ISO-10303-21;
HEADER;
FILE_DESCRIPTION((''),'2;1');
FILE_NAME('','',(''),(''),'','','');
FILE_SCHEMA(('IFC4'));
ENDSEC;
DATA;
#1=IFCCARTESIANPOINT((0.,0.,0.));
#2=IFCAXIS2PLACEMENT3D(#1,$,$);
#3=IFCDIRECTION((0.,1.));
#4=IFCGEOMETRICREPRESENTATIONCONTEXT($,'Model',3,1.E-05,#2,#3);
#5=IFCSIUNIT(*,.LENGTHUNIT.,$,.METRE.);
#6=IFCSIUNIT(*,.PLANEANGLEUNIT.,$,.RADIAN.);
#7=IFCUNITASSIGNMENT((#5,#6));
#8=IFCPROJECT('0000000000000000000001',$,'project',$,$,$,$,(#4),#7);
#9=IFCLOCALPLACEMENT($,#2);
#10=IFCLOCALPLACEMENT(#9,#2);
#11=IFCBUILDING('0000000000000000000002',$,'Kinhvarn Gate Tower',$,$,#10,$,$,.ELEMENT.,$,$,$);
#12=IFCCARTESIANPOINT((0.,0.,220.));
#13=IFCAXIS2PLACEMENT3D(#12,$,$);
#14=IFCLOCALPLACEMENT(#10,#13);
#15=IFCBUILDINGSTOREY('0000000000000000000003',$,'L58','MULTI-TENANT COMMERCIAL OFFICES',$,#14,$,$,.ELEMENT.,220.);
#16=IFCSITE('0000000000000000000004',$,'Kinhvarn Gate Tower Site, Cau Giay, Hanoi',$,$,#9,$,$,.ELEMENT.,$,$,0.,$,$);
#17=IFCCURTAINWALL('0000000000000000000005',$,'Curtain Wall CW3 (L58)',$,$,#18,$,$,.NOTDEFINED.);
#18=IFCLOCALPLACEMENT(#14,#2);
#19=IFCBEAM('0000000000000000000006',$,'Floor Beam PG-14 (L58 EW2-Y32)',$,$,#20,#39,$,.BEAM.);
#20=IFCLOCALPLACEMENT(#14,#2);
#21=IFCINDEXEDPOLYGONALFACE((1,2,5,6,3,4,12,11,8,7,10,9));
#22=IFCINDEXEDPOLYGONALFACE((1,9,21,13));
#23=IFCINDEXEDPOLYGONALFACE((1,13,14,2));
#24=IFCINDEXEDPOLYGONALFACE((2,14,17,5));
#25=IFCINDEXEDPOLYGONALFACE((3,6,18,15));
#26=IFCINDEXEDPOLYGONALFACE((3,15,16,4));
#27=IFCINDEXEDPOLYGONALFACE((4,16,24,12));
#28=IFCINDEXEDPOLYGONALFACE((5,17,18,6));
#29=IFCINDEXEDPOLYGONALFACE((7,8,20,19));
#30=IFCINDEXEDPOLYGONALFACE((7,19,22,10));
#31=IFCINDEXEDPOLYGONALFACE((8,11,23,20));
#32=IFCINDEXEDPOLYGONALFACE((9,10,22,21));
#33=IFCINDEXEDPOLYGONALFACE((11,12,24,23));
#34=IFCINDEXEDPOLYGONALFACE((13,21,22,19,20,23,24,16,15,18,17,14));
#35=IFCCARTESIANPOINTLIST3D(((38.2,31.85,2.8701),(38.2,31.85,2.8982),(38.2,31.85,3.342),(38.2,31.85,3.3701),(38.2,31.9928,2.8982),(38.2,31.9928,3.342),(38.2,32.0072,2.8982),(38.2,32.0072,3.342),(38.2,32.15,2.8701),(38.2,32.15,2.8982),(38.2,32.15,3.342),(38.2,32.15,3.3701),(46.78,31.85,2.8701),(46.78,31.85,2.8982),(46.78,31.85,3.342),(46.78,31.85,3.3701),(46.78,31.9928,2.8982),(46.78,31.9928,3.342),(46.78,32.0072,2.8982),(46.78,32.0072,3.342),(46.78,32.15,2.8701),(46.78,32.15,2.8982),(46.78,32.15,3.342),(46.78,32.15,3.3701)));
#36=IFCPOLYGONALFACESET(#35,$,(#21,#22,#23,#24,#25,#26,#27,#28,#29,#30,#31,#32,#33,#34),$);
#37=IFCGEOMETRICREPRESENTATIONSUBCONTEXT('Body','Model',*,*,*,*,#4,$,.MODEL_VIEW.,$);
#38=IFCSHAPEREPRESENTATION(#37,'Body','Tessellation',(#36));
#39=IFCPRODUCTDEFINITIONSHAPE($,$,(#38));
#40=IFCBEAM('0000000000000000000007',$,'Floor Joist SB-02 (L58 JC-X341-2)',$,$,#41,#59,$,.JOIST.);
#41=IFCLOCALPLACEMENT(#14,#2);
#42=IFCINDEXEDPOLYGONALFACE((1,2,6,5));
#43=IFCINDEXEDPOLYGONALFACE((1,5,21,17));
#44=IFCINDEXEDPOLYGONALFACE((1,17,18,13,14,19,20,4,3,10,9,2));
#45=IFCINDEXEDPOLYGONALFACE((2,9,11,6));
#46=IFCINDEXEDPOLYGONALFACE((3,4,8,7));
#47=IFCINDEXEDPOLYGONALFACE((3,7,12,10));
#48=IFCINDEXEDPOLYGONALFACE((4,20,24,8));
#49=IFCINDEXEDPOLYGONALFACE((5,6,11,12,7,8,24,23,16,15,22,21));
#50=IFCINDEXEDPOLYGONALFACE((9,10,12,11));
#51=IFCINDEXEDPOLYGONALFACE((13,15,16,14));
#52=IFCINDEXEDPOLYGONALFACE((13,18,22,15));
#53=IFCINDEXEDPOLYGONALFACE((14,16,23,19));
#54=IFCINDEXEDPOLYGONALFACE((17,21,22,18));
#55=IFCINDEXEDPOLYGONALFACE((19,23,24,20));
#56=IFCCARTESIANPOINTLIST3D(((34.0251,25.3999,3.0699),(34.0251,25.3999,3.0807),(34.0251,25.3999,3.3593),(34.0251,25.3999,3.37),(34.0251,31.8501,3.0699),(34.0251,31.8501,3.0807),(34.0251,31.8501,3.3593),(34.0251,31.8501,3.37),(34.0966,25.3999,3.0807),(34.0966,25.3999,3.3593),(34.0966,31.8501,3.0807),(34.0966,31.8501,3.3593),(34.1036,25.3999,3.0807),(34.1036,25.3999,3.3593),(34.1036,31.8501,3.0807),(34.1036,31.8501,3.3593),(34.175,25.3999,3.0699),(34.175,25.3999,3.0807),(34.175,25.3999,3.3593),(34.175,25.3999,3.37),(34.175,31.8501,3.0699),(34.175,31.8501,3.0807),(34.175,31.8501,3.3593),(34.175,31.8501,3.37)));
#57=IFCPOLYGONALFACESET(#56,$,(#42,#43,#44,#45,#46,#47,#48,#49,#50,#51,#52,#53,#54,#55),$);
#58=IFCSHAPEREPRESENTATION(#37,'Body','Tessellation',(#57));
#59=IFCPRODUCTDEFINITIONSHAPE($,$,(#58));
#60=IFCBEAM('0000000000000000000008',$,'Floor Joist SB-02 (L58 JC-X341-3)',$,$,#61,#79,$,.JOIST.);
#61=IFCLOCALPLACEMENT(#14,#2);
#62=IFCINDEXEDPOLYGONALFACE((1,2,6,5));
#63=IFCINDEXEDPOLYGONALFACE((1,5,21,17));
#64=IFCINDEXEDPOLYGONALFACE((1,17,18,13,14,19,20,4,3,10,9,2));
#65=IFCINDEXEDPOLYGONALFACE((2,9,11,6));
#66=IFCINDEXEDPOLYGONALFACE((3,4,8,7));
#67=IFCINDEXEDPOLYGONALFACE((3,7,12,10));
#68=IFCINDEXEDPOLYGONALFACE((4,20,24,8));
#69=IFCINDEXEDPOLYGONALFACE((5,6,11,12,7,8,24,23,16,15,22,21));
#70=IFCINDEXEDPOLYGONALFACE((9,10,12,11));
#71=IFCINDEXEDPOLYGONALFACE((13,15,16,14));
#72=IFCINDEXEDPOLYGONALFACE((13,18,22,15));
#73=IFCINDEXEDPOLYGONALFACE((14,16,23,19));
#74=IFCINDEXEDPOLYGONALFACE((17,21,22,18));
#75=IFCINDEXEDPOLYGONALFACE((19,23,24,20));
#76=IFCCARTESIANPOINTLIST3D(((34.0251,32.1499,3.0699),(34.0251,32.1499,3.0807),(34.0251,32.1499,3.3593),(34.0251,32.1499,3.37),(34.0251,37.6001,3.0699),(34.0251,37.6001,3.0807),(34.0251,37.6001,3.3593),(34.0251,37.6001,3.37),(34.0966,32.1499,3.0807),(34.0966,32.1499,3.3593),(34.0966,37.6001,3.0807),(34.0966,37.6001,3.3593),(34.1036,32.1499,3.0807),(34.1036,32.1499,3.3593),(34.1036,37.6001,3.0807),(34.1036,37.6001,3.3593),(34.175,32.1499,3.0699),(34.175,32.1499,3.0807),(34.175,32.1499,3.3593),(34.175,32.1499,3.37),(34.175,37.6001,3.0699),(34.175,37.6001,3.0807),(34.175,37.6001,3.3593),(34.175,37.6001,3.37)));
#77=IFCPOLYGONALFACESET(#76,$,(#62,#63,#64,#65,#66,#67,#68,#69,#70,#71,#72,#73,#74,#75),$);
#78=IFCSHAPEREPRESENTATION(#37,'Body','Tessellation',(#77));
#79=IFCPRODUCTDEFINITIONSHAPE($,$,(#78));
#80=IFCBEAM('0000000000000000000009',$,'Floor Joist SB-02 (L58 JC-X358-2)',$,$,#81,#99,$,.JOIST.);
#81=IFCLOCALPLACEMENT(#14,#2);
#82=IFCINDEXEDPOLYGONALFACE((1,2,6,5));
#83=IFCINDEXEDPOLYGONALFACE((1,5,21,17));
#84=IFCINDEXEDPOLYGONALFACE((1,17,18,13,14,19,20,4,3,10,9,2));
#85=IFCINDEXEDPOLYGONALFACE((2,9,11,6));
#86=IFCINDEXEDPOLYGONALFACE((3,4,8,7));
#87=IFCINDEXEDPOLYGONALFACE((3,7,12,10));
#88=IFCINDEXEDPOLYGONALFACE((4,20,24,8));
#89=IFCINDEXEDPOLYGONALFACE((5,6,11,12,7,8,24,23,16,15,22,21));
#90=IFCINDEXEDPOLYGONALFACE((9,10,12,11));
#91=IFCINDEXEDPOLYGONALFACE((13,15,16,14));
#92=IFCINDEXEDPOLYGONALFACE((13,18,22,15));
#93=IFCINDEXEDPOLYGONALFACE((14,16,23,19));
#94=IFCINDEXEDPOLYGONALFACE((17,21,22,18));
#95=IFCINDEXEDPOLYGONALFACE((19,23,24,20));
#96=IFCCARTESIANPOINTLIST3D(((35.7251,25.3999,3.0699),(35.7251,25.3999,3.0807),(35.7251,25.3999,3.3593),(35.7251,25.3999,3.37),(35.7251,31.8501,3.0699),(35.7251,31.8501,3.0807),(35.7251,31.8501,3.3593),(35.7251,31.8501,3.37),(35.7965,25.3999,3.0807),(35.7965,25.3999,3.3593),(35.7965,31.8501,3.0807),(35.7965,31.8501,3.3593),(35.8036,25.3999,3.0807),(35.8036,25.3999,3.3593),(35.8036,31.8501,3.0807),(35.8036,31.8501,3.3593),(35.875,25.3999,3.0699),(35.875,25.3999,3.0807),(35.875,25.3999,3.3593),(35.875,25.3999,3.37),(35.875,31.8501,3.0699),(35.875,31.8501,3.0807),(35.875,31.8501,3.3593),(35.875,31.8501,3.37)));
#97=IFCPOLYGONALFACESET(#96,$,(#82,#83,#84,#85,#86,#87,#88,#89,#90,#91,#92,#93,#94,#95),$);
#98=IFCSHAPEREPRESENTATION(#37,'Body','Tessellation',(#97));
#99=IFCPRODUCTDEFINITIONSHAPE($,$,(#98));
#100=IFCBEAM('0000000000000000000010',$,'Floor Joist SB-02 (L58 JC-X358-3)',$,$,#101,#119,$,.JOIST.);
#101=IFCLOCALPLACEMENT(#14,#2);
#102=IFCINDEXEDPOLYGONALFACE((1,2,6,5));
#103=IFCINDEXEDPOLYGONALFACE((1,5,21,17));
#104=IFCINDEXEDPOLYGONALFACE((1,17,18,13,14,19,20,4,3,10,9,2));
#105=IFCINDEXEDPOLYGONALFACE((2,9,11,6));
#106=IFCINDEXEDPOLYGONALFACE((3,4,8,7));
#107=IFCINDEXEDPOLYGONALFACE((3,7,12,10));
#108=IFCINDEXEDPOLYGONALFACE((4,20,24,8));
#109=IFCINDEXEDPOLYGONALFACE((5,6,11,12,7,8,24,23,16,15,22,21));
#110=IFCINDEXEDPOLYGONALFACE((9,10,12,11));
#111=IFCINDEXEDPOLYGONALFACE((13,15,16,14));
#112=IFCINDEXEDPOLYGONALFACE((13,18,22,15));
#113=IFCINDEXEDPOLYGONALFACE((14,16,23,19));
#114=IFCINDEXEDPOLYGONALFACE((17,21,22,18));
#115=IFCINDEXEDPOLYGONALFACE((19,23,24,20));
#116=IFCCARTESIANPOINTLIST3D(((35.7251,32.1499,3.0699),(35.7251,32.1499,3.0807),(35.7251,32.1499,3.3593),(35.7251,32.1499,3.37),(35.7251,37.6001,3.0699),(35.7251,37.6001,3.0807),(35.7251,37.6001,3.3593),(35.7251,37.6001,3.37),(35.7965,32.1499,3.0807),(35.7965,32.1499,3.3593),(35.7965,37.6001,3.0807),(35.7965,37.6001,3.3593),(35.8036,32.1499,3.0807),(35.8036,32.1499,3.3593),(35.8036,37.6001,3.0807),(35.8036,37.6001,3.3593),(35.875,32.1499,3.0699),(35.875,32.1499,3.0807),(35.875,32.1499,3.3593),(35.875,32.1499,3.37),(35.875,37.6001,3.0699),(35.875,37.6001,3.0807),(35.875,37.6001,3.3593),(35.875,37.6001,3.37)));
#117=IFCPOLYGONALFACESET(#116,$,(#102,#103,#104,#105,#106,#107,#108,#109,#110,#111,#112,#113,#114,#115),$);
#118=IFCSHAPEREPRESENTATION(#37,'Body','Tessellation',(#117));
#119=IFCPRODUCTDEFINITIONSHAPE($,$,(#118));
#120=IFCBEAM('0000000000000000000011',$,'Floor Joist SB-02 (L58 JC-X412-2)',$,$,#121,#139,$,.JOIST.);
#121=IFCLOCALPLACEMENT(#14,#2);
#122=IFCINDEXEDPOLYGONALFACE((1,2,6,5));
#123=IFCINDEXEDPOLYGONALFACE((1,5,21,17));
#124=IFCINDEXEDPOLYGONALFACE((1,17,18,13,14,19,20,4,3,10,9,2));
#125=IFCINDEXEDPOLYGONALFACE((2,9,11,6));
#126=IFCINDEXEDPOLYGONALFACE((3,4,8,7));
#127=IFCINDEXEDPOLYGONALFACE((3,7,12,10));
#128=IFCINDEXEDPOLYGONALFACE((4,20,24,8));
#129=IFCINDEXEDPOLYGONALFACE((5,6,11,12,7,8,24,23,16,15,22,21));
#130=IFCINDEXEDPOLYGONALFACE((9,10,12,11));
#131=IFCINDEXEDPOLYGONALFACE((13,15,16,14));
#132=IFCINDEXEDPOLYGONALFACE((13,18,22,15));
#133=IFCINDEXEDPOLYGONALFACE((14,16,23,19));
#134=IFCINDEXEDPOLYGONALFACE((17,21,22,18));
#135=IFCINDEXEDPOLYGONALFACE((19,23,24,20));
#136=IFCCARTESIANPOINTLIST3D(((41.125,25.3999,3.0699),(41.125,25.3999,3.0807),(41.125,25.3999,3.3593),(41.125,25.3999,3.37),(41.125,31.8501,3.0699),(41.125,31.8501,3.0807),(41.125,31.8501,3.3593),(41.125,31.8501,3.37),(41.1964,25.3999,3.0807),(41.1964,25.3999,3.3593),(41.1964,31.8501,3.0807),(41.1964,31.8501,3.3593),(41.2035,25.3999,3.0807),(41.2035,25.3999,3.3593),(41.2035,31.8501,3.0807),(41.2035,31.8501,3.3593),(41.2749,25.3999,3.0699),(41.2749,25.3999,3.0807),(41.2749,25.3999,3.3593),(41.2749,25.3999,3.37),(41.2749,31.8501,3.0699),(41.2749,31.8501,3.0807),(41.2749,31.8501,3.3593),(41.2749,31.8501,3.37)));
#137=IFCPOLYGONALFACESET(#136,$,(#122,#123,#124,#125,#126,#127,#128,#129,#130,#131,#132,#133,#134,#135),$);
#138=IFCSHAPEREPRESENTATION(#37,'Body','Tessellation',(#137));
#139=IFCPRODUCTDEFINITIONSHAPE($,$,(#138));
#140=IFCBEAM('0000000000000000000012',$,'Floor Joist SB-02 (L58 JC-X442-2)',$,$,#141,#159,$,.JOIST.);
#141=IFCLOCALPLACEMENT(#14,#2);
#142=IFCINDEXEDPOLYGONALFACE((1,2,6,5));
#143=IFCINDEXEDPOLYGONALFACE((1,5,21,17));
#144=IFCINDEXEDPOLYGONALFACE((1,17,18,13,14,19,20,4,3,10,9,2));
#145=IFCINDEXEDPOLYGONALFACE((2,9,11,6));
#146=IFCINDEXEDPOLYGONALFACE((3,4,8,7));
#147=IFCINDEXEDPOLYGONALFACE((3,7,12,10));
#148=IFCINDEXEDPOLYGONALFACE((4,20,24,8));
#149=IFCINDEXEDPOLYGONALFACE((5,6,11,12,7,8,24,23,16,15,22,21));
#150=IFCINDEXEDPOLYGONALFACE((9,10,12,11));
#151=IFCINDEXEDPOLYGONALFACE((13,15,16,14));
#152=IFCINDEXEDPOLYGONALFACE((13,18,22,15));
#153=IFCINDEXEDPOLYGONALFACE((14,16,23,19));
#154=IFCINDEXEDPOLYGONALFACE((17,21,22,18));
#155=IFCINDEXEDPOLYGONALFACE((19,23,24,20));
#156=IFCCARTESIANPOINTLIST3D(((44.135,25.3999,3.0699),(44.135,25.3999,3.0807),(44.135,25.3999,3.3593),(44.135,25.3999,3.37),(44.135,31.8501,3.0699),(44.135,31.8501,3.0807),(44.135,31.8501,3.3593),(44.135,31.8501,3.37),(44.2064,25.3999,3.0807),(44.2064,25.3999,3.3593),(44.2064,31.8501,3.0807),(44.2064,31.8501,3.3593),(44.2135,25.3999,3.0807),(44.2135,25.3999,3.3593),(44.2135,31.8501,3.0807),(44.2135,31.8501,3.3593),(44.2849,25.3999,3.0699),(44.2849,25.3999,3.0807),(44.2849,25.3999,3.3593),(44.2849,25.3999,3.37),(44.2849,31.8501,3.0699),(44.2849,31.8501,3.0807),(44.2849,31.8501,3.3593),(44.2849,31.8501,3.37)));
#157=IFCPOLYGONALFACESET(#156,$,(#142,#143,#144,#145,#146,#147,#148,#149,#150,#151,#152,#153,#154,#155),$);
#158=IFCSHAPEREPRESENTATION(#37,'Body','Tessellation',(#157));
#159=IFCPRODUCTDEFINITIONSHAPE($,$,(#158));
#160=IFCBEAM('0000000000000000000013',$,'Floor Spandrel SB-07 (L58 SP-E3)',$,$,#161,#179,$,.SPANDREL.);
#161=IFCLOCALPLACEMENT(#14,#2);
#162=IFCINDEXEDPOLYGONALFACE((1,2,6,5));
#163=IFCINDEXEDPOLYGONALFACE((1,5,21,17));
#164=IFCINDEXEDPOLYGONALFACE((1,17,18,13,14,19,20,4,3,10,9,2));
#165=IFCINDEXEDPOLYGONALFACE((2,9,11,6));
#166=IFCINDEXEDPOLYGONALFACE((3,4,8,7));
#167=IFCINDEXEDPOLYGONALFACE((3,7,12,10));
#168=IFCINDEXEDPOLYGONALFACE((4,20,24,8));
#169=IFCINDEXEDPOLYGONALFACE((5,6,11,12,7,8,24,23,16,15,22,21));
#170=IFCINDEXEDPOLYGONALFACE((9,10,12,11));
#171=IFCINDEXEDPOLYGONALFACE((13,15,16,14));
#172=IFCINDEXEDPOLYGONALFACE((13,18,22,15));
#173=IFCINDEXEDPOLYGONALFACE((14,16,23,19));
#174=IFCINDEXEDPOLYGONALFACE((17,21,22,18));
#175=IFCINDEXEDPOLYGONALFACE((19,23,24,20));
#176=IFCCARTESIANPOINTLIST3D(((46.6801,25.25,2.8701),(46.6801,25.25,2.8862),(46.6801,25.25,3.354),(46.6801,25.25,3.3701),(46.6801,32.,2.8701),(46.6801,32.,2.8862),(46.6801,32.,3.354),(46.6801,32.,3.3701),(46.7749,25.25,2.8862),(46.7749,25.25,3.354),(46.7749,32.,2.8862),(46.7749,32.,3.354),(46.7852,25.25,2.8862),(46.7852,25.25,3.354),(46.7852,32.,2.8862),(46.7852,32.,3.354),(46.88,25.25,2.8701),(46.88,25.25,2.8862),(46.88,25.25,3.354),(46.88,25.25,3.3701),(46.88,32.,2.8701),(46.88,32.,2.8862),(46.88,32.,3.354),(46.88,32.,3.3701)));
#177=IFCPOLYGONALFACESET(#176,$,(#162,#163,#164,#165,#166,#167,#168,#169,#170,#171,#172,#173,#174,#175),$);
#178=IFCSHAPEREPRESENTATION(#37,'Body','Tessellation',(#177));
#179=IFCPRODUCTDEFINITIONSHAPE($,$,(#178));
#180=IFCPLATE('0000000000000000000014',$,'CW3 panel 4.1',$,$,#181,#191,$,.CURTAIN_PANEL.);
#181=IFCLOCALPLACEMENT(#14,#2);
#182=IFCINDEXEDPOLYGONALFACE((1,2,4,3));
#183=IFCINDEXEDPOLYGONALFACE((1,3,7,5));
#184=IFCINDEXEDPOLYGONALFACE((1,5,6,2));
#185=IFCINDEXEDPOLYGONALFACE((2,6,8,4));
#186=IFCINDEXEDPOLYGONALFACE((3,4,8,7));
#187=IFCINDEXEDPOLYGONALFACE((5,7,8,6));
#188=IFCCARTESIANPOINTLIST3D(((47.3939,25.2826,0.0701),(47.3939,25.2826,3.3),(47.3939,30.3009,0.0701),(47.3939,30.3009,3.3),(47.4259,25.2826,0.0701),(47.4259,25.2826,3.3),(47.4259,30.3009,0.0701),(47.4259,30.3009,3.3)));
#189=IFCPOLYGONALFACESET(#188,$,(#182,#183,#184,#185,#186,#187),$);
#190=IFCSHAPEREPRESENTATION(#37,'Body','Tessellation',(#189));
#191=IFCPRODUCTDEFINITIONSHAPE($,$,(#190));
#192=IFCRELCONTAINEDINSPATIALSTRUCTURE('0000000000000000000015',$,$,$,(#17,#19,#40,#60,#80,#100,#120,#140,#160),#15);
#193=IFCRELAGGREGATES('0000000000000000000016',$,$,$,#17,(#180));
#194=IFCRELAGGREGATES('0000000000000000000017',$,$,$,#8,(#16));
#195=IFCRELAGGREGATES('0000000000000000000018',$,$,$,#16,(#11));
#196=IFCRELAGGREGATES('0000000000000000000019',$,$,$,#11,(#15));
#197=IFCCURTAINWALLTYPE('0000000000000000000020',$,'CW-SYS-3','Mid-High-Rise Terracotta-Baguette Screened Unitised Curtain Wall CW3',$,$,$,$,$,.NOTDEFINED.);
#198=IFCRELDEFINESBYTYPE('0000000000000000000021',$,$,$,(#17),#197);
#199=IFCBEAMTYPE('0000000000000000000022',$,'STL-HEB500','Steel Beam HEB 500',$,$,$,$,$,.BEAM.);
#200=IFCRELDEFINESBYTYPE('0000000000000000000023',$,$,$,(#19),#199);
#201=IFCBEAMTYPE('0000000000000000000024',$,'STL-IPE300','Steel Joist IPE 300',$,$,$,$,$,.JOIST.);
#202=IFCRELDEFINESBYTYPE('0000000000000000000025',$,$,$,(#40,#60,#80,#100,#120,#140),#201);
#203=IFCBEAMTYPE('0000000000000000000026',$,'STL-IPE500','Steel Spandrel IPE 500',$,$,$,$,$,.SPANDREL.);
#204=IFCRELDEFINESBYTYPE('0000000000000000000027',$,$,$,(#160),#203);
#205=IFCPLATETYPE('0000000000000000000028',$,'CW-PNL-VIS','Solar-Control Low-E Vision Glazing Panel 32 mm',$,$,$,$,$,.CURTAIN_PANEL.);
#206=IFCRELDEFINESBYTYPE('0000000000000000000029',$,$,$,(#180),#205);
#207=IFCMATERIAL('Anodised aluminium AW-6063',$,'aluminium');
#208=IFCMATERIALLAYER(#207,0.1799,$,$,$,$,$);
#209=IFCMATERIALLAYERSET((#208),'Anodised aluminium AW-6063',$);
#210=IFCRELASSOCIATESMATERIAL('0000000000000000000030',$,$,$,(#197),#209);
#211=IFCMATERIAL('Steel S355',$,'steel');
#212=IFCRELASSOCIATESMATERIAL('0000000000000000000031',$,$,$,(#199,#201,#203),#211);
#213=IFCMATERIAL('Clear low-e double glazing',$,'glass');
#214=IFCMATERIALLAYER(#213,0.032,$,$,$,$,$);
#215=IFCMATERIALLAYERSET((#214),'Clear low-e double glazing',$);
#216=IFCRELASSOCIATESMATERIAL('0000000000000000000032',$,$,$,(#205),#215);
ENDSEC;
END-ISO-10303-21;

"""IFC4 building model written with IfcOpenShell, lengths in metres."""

from ifc_helpers import new_model, si_unit, direction, frame, origin, origin_2d, place, context, subcontext, project, spatial, rectangle, i_section, extrude, material, layer, layer_set, material_profile, profile_set, type_object, element, aggregate, save


model = new_model("IFC4")

# Units and contexts
model_context = context("Model", 3, precision=1e-05, world=origin(), true_north=direction((0.0, 1.0)))
body_context = subcontext(model_context, "Body", "Model", "MODEL_VIEW")
ifc_project = project(units=[si_unit("LENGTHUNIT", "METRE"), si_unit("PLANEANGLEUNIT", "RADIAN")], contexts=[model_context])

# Site, building, storey
site_placement = place(None, origin())
site = spatial("IfcSite", under=ifc_project, at=site_placement, Name="Kinhvarn Gate Tower Site, Cau Giay, Hanoi", CompositionType="ELEMENT", RefElevation=0.0)
building_placement = place(site_placement, origin())
building = spatial("IfcBuilding", under=site, at=building_placement, Name="Kinhvarn Gate Tower", CompositionType="ELEMENT")
storey_placement = place(building_placement, frame((0.0, 0.0, 220.0)))
storey = spatial("IfcBuildingStorey", under=building, at=storey_placement, Name="L58", Description="MULTI-TENANT COMMERCIAL OFFICES", CompositionType="ELEMENT", Elevation=220.0)

# Curtain wall
ifc_material_1 = material(Name="Anodised aluminium AW-6063", Category="aluminium")
ifc_layer_1 = layer(ifc_material_1, 0.1799)
ifc_layer_set_1 = layer_set([ifc_layer_1], Name="Anodised aluminium AW-6063")
curtain_wall_type = type_object("IfcCurtainWallType", Name="CW-SYS-3", Description="Mid-High-Rise Terracotta-Baguette Screened Unitised Curtain Wall CW3", PredefinedType="NOTDEFINED", material=ifc_layer_set_1)
curtain_wall_placement = place(storey_placement, origin())
curtain_wall = element("IfcCurtainWall", 1, at=curtain_wall_placement, inside=storey, type_object=curtain_wall_type, Name="Curtain Wall CW3 (L58)", PredefinedType="NOTDEFINED")

# Beams
ifc_material_2 = material(Name="Steel S355", Category="steel")
ifc_material_profile_1 = material_profile(ifc_material_2, i_section(OverallWidth=0.3, OverallDepth=0.5, WebThickness=0.0144, FlangeThickness=0.0281, at=origin_2d()), Name="HEB 500")
ifc_profile_set_1 = profile_set([ifc_material_profile_1], Name="Steel S355")
beam_type_1 = type_object("IfcBeamType", Name="STL-HEB500", Description="Steel Beam HEB 500", PredefinedType="BEAM", material=ifc_profile_set_1)
beam_1_placement = place(storey_placement, frame((38.2, 32.0, 3.1201), z_axis=(1.0, 0.0, 0.0), x_axis=(0.0, 1.0, 0.0)))
element("IfcBeam", 2, at=beam_1_placement, inside=storey, type_object=beam_type_1, Name="Floor Beam PG-14 (L58 EW2-Y32)", PredefinedType="BEAM", context=body_context, shape_type="SweptSolid", body=[
    extrude(i_section(OverallWidth=0.3, OverallDepth=0.5, WebThickness=0.0144, FlangeThickness=0.0281, at=origin_2d()), origin(), (0.0, 0.0, 1.0), 8.5801),
])
ifc_material_profile_2 = material_profile(ifc_material_2, i_section(OverallWidth=0.1499, OverallDepth=0.3, WebThickness=0.0071, FlangeThickness=0.0107, at=origin_2d()), Name="IPE 300")
ifc_profile_set_2 = profile_set([ifc_material_profile_2], Name="Steel S355")
beam_type_2 = type_object("IfcBeamType", Name="STL-IPE300", Description="Steel Joist IPE 300", PredefinedType="JOIST", material=ifc_profile_set_2)
beam_2_placement = place(storey_placement, frame((34.1001, 25.3999, 3.22), z_axis=(0.0, 1.0, 0.0), x_axis=(-1.0, 0.0, 0.0)))
element("IfcBeam", 3, at=beam_2_placement, inside=storey, type_object=beam_type_2, Name="Floor Joist SB-02 (L58 JC-X341-2)", PredefinedType="JOIST", context=body_context, shape_type="SweptSolid", body=[
    extrude(i_section(OverallWidth=0.1499, OverallDepth=0.3, WebThickness=0.0071, FlangeThickness=0.0107, at=origin_2d()), origin(), (0.0, 0.0, 1.0), 6.4502),
])
beam_3_placement = place(storey_placement, frame((34.1001, 32.1499, 3.22), z_axis=(0.0, 1.0, 0.0), x_axis=(-1.0, 0.0, 0.0)))
element("IfcBeam", 4, at=beam_3_placement, inside=storey, type_object=beam_type_2, Name="Floor Joist SB-02 (L58 JC-X341-3)", PredefinedType="JOIST", context=body_context, shape_type="SweptSolid", body=[
    extrude(i_section(OverallWidth=0.1499, OverallDepth=0.3, WebThickness=0.0071, FlangeThickness=0.0107, at=origin_2d()), origin(), (0.0, 0.0, 1.0), 5.4502),
])
beam_4_placement = place(storey_placement, frame((35.8, 25.3999, 3.22), z_axis=(0.0, 1.0, 0.0), x_axis=(-1.0, 0.0, 0.0)))
element("IfcBeam", 5, at=beam_4_placement, inside=storey, type_object=beam_type_2, Name="Floor Joist SB-02 (L58 JC-X358-2)", PredefinedType="JOIST", context=body_context, shape_type="SweptSolid", body=[
    extrude(i_section(OverallWidth=0.1499, OverallDepth=0.3, WebThickness=0.0071, FlangeThickness=0.0107, at=origin_2d()), origin(), (0.0, 0.0, 1.0), 6.4502),
])
beam_5_placement = place(storey_placement, frame((35.8, 32.1499, 3.22), z_axis=(0.0, 1.0, 0.0), x_axis=(-1.0, 0.0, 0.0)))
element("IfcBeam", 6, at=beam_5_placement, inside=storey, type_object=beam_type_2, Name="Floor Joist SB-02 (L58 JC-X358-3)", PredefinedType="JOIST", context=body_context, shape_type="SweptSolid", body=[
    extrude(i_section(OverallWidth=0.1499, OverallDepth=0.3, WebThickness=0.0071, FlangeThickness=0.0107, at=origin_2d()), origin(), (0.0, 0.0, 1.0), 5.4502),
])
for number, where, z_axis, x_axis, name in (
    (7, (41.2, 25.3999, 3.22), (0.0, 1.0, 0.0), (-1.0, 0.0, 0.0), "Floor Joist SB-02 (L58 JC-X412-2)"),
    (8, (44.21, 25.3999, 3.22), (0.0, 1.0, 0.0), (-1.0, 0.0, 0.0), "Floor Joist SB-02 (L58 JC-X442-2)"),
):
    element("IfcBeam", number, at=place(storey_placement, frame(where, z_axis=z_axis, x_axis=x_axis)), inside=storey, type_object=beam_type_2, Name=name, PredefinedType="JOIST", context=body_context, shape_type="SweptSolid", body=[
        extrude(i_section(OverallWidth=0.1499, OverallDepth=0.3, WebThickness=0.0071, FlangeThickness=0.0107, at=origin_2d()), origin(), (0.0, 0.0, 1.0), 6.4502),
    ])
ifc_material_profile_3 = material_profile(ifc_material_2, i_section(OverallWidth=0.2, OverallDepth=0.5, WebThickness=0.0103, FlangeThickness=0.0161, at=origin_2d()), Name="IPE 500")
ifc_profile_set_3 = profile_set([ifc_material_profile_3], Name="Steel S355")
beam_type_3 = type_object("IfcBeamType", Name="STL-IPE500", Description="Steel Spandrel IPE 500", PredefinedType="SPANDREL", material=ifc_profile_set_3)
beam_6_placement = place(storey_placement, frame((46.78, 25.25, 3.1201), z_axis=(0.0, 1.0, 0.0), x_axis=(-1.0, 0.0, 0.0)))
element("IfcBeam", 9, at=beam_6_placement, inside=storey, type_object=beam_type_3, Name="Floor Spandrel SB-07 (L58 SP-E3)", PredefinedType="SPANDREL", context=body_context, shape_type="SweptSolid", body=[
    extrude(i_section(OverallWidth=0.2, OverallDepth=0.5, WebThickness=0.0103, FlangeThickness=0.0161, at=origin_2d()), origin(), (0.0, 0.0, 1.0), 6.75),
])

# Plate
ifc_material_3 = material(Name="Clear low-e double glazing", Category="glass")
ifc_layer_2 = layer(ifc_material_3, 0.032)
ifc_layer_set_2 = layer_set([ifc_layer_2], Name="Clear low-e double glazing")
plate_type = type_object("IfcPlateType", Name="CW-PNL-VIS", Description="Solar-Control Low-E Vision Glazing Panel 32 mm", PredefinedType="CURTAIN_PANEL", material=ifc_layer_set_2)
plate_1_placement = place(storey_placement, frame((47.4099, 27.7917, 0.0701), z_axis=(0.0, 0.0, 1.0), x_axis=(0.0, 1.0, 0.0)))
plate_1 = element("IfcPlate", 10, at=plate_1_placement, type_object=plate_type, Name="CW3 panel 4.1", PredefinedType="CURTAIN_PANEL", context=body_context, shape_type="SweptSolid", body=[
    extrude(rectangle(XDim=5.0183, YDim=0.032, at=origin_2d()), origin(), (0.0, 0.0, 1.0), 3.23),
])
aggregate(curtain_wall, [plate_1])

save(model, "model.ifc")
